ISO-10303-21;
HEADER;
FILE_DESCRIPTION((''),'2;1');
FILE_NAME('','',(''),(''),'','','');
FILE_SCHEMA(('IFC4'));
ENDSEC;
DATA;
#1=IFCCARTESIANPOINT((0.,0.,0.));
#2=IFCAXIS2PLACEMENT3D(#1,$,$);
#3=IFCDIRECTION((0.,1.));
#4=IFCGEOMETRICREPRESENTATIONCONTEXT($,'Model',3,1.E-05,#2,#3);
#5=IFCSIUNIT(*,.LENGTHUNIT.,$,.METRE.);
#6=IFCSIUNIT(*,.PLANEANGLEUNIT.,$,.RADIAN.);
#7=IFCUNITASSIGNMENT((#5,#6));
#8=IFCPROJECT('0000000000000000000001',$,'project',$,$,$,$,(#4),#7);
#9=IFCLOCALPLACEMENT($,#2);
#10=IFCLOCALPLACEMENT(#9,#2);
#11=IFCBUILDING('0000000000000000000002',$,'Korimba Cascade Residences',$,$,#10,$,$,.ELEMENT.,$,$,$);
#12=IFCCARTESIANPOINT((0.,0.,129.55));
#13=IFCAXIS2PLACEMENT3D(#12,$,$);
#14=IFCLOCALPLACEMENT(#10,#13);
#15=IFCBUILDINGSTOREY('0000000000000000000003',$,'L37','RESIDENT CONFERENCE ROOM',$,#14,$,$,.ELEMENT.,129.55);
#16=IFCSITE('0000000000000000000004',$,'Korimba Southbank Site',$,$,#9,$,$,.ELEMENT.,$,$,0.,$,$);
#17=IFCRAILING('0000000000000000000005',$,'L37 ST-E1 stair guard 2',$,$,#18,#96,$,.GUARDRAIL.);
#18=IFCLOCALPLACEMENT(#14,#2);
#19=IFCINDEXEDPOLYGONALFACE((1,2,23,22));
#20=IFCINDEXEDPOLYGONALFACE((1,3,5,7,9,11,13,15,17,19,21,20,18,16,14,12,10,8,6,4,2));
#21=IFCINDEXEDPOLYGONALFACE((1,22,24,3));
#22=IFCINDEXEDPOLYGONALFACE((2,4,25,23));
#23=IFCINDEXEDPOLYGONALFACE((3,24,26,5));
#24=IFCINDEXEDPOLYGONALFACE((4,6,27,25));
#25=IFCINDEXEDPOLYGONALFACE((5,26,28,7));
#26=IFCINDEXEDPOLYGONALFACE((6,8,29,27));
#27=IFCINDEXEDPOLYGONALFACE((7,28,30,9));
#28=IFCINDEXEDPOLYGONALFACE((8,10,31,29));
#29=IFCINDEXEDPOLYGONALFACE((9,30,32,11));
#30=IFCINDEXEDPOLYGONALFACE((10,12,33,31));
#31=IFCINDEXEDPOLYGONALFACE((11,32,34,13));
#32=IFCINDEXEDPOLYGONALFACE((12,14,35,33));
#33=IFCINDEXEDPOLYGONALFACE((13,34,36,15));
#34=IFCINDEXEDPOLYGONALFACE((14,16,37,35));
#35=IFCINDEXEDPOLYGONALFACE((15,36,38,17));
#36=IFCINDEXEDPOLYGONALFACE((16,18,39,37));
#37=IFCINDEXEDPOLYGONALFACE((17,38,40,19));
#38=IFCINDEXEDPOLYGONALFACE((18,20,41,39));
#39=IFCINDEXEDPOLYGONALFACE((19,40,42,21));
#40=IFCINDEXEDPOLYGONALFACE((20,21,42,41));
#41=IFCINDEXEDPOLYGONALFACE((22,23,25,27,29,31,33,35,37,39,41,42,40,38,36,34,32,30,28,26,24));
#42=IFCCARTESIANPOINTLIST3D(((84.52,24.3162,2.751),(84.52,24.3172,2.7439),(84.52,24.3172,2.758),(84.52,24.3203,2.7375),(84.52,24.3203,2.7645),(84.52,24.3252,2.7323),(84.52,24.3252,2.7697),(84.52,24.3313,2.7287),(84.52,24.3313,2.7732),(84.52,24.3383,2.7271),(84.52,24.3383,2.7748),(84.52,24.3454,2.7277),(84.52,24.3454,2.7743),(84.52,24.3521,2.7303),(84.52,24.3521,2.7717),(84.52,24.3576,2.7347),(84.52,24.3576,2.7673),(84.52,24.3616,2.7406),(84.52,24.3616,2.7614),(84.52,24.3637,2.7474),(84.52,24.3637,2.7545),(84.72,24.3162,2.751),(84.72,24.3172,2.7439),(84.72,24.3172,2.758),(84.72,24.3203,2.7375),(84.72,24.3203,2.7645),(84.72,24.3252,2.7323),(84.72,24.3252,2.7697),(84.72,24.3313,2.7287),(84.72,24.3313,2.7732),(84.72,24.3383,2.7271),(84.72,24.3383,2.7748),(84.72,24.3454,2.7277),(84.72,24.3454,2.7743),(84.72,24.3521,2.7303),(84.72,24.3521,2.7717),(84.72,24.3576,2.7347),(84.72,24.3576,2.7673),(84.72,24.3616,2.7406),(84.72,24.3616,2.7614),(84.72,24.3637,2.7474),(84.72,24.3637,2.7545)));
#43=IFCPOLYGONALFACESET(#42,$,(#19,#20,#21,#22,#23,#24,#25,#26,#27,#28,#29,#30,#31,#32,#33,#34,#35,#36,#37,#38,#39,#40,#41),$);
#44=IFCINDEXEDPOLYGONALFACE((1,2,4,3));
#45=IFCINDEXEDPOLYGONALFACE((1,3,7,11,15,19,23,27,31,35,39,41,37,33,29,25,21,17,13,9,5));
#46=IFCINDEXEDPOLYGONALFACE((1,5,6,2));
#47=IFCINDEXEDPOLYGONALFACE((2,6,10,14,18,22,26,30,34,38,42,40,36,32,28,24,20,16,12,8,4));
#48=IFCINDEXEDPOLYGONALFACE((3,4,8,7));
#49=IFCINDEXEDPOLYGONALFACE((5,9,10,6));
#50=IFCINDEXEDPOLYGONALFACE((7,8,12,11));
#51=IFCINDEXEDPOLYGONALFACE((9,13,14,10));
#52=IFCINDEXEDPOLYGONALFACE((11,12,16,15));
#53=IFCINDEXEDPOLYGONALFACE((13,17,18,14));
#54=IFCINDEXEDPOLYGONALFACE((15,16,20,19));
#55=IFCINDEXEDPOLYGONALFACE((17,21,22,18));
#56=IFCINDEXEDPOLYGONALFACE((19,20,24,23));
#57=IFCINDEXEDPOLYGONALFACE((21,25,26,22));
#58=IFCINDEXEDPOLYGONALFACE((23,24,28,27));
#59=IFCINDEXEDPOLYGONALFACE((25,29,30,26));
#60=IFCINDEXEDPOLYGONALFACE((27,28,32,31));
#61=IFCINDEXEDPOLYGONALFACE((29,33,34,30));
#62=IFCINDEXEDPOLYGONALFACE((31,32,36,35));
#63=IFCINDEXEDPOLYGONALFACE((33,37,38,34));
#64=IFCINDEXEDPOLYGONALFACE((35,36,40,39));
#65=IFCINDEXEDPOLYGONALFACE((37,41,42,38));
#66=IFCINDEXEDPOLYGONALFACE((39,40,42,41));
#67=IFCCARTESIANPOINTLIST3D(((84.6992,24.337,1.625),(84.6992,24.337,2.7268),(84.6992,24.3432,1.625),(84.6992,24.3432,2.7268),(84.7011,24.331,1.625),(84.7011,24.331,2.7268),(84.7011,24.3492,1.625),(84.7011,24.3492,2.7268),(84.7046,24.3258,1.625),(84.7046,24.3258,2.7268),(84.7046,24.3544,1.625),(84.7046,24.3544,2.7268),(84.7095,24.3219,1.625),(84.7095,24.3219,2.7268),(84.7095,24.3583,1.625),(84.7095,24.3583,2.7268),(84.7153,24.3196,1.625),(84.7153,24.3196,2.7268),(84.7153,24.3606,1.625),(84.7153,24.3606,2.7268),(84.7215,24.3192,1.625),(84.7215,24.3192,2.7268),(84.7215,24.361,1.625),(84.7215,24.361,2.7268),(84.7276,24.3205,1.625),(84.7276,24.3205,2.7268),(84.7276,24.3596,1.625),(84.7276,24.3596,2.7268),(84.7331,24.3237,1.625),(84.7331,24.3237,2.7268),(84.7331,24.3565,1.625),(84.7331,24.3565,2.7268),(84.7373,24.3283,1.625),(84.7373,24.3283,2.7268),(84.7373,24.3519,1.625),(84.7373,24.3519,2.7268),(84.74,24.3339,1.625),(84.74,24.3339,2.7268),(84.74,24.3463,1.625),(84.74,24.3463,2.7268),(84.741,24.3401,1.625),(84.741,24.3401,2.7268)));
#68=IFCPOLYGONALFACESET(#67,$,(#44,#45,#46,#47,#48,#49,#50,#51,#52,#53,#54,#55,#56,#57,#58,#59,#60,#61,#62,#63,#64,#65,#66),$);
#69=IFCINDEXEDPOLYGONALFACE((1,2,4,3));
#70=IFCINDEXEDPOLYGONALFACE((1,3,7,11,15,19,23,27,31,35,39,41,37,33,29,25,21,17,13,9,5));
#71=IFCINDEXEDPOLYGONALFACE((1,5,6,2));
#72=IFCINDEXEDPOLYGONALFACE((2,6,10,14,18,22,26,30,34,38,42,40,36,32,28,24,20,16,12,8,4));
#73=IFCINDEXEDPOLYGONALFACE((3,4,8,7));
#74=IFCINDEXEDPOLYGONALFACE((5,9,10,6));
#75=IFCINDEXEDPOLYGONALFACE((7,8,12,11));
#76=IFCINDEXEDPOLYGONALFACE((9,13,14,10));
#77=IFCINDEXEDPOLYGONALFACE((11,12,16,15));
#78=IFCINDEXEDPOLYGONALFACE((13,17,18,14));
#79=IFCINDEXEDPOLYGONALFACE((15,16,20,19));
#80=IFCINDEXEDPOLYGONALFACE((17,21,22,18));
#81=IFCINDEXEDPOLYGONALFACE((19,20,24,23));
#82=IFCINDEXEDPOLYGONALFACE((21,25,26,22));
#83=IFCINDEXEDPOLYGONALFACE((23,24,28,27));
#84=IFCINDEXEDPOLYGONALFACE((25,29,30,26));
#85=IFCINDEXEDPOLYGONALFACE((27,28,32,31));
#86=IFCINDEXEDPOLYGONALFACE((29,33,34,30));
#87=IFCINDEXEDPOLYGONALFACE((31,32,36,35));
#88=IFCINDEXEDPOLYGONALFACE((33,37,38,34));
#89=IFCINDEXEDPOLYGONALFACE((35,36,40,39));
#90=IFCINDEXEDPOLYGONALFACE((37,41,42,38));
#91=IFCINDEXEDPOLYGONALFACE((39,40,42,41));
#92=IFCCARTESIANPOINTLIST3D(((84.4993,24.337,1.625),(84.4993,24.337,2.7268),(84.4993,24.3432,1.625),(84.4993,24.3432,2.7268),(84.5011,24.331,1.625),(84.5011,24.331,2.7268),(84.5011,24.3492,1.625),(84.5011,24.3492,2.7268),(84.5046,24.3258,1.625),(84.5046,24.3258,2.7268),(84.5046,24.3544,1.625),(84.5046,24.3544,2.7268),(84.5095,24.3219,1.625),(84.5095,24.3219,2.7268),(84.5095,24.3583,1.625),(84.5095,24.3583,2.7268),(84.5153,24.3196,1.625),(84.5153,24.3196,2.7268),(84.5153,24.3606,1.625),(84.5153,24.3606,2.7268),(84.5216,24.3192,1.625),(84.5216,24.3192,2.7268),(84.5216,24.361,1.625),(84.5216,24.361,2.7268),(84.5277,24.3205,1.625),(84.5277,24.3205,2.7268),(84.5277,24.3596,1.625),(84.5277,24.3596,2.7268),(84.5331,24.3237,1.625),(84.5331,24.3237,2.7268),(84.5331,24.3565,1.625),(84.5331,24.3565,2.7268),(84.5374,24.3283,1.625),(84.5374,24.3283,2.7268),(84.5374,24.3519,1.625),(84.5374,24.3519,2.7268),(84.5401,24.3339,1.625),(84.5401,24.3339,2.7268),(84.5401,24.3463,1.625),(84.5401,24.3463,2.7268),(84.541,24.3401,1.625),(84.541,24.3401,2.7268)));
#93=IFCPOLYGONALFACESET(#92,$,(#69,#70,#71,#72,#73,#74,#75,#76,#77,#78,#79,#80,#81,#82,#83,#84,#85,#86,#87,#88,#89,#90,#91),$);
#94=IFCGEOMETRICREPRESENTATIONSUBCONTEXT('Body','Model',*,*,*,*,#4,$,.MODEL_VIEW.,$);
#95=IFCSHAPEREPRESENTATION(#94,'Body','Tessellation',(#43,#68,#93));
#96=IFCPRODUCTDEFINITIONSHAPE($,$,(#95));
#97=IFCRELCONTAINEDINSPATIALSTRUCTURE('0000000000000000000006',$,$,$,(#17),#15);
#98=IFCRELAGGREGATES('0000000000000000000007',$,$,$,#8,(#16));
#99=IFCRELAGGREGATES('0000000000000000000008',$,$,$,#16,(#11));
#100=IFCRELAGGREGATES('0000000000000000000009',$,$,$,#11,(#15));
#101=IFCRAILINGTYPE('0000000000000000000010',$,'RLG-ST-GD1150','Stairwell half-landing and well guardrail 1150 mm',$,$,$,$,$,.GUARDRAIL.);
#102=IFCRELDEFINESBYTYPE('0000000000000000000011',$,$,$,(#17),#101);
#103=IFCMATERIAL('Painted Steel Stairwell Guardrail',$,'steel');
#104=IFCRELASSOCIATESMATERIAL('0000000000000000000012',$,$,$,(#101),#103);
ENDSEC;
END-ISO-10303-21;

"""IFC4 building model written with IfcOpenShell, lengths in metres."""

from ifc_helpers import new_model, si_unit, direction, frame, origin, origin_2d, place, context, subcontext, project, spatial, circle, extrude, material, type_object, element, save


model = new_model("IFC4")

# Units and contexts
model_context = context("Model", 3, precision=1e-05, world=origin(), true_north=direction((0.0, 1.0)))
body_context = subcontext(model_context, "Body", "Model", "MODEL_VIEW")
ifc_project = project(units=[si_unit("LENGTHUNIT", "METRE"), si_unit("PLANEANGLEUNIT", "RADIAN")], contexts=[model_context])

# Site, building, storey
site_placement = place(None, origin())
site = spatial("IfcSite", under=ifc_project, at=site_placement, Name="Korimba Southbank Site", CompositionType="ELEMENT", RefElevation=0.0)
building_placement = place(site_placement, origin())
building = spatial("IfcBuilding", under=site, at=building_placement, Name="Korimba Cascade Residences", CompositionType="ELEMENT")
storey_placement = place(building_placement, frame((0.0, 0.0, 129.55)))
storey = spatial("IfcBuildingStorey", under=building, at=storey_placement, Name="L37", Description="RESIDENT CONFERENCE ROOM", CompositionType="ELEMENT", Elevation=129.55)

# Railing
ifc_material_1 = material(Name="Painted Steel Stairwell Guardrail", Category="steel")
railing_type_1 = type_object("IfcRailingType", Name="RLG-ST-GD1150", Description="Stairwell half-landing and well guardrail 1150 mm", PredefinedType="GUARDRAIL", material=ifc_material_1)
railing_1_placement = place(storey_placement, frame((84.72, 24.3401, 1.625)))
element("IfcRailing", 1, at=railing_1_placement, inside=storey, type_object=railing_type_1, Name="L37 ST-E1 stair guard 2", PredefinedType="GUARDRAIL", context=body_context, shape_type="SweptSolid", body=[
    extrude(circle(Radius=0.0239, at=origin_2d()), frame((0.0, 0.0, 1.126), z_axis=(-1.0, 0.0, 0.0), x_axis=(0.0, -1.0, 0.0)), (0.0, 0.0, 1.0), 0.2),
    extrude(circle(Radius=0.021, at=origin_2d()), origin(), (0.0, 0.0, 1.0), 1.1018),
    extrude(circle(Radius=0.021, at=origin_2d()), frame((-0.2, 0.0, 0.0)), (0.0, 0.0, 1.0), 1.1018),
])

save(model, "model.ifc")
